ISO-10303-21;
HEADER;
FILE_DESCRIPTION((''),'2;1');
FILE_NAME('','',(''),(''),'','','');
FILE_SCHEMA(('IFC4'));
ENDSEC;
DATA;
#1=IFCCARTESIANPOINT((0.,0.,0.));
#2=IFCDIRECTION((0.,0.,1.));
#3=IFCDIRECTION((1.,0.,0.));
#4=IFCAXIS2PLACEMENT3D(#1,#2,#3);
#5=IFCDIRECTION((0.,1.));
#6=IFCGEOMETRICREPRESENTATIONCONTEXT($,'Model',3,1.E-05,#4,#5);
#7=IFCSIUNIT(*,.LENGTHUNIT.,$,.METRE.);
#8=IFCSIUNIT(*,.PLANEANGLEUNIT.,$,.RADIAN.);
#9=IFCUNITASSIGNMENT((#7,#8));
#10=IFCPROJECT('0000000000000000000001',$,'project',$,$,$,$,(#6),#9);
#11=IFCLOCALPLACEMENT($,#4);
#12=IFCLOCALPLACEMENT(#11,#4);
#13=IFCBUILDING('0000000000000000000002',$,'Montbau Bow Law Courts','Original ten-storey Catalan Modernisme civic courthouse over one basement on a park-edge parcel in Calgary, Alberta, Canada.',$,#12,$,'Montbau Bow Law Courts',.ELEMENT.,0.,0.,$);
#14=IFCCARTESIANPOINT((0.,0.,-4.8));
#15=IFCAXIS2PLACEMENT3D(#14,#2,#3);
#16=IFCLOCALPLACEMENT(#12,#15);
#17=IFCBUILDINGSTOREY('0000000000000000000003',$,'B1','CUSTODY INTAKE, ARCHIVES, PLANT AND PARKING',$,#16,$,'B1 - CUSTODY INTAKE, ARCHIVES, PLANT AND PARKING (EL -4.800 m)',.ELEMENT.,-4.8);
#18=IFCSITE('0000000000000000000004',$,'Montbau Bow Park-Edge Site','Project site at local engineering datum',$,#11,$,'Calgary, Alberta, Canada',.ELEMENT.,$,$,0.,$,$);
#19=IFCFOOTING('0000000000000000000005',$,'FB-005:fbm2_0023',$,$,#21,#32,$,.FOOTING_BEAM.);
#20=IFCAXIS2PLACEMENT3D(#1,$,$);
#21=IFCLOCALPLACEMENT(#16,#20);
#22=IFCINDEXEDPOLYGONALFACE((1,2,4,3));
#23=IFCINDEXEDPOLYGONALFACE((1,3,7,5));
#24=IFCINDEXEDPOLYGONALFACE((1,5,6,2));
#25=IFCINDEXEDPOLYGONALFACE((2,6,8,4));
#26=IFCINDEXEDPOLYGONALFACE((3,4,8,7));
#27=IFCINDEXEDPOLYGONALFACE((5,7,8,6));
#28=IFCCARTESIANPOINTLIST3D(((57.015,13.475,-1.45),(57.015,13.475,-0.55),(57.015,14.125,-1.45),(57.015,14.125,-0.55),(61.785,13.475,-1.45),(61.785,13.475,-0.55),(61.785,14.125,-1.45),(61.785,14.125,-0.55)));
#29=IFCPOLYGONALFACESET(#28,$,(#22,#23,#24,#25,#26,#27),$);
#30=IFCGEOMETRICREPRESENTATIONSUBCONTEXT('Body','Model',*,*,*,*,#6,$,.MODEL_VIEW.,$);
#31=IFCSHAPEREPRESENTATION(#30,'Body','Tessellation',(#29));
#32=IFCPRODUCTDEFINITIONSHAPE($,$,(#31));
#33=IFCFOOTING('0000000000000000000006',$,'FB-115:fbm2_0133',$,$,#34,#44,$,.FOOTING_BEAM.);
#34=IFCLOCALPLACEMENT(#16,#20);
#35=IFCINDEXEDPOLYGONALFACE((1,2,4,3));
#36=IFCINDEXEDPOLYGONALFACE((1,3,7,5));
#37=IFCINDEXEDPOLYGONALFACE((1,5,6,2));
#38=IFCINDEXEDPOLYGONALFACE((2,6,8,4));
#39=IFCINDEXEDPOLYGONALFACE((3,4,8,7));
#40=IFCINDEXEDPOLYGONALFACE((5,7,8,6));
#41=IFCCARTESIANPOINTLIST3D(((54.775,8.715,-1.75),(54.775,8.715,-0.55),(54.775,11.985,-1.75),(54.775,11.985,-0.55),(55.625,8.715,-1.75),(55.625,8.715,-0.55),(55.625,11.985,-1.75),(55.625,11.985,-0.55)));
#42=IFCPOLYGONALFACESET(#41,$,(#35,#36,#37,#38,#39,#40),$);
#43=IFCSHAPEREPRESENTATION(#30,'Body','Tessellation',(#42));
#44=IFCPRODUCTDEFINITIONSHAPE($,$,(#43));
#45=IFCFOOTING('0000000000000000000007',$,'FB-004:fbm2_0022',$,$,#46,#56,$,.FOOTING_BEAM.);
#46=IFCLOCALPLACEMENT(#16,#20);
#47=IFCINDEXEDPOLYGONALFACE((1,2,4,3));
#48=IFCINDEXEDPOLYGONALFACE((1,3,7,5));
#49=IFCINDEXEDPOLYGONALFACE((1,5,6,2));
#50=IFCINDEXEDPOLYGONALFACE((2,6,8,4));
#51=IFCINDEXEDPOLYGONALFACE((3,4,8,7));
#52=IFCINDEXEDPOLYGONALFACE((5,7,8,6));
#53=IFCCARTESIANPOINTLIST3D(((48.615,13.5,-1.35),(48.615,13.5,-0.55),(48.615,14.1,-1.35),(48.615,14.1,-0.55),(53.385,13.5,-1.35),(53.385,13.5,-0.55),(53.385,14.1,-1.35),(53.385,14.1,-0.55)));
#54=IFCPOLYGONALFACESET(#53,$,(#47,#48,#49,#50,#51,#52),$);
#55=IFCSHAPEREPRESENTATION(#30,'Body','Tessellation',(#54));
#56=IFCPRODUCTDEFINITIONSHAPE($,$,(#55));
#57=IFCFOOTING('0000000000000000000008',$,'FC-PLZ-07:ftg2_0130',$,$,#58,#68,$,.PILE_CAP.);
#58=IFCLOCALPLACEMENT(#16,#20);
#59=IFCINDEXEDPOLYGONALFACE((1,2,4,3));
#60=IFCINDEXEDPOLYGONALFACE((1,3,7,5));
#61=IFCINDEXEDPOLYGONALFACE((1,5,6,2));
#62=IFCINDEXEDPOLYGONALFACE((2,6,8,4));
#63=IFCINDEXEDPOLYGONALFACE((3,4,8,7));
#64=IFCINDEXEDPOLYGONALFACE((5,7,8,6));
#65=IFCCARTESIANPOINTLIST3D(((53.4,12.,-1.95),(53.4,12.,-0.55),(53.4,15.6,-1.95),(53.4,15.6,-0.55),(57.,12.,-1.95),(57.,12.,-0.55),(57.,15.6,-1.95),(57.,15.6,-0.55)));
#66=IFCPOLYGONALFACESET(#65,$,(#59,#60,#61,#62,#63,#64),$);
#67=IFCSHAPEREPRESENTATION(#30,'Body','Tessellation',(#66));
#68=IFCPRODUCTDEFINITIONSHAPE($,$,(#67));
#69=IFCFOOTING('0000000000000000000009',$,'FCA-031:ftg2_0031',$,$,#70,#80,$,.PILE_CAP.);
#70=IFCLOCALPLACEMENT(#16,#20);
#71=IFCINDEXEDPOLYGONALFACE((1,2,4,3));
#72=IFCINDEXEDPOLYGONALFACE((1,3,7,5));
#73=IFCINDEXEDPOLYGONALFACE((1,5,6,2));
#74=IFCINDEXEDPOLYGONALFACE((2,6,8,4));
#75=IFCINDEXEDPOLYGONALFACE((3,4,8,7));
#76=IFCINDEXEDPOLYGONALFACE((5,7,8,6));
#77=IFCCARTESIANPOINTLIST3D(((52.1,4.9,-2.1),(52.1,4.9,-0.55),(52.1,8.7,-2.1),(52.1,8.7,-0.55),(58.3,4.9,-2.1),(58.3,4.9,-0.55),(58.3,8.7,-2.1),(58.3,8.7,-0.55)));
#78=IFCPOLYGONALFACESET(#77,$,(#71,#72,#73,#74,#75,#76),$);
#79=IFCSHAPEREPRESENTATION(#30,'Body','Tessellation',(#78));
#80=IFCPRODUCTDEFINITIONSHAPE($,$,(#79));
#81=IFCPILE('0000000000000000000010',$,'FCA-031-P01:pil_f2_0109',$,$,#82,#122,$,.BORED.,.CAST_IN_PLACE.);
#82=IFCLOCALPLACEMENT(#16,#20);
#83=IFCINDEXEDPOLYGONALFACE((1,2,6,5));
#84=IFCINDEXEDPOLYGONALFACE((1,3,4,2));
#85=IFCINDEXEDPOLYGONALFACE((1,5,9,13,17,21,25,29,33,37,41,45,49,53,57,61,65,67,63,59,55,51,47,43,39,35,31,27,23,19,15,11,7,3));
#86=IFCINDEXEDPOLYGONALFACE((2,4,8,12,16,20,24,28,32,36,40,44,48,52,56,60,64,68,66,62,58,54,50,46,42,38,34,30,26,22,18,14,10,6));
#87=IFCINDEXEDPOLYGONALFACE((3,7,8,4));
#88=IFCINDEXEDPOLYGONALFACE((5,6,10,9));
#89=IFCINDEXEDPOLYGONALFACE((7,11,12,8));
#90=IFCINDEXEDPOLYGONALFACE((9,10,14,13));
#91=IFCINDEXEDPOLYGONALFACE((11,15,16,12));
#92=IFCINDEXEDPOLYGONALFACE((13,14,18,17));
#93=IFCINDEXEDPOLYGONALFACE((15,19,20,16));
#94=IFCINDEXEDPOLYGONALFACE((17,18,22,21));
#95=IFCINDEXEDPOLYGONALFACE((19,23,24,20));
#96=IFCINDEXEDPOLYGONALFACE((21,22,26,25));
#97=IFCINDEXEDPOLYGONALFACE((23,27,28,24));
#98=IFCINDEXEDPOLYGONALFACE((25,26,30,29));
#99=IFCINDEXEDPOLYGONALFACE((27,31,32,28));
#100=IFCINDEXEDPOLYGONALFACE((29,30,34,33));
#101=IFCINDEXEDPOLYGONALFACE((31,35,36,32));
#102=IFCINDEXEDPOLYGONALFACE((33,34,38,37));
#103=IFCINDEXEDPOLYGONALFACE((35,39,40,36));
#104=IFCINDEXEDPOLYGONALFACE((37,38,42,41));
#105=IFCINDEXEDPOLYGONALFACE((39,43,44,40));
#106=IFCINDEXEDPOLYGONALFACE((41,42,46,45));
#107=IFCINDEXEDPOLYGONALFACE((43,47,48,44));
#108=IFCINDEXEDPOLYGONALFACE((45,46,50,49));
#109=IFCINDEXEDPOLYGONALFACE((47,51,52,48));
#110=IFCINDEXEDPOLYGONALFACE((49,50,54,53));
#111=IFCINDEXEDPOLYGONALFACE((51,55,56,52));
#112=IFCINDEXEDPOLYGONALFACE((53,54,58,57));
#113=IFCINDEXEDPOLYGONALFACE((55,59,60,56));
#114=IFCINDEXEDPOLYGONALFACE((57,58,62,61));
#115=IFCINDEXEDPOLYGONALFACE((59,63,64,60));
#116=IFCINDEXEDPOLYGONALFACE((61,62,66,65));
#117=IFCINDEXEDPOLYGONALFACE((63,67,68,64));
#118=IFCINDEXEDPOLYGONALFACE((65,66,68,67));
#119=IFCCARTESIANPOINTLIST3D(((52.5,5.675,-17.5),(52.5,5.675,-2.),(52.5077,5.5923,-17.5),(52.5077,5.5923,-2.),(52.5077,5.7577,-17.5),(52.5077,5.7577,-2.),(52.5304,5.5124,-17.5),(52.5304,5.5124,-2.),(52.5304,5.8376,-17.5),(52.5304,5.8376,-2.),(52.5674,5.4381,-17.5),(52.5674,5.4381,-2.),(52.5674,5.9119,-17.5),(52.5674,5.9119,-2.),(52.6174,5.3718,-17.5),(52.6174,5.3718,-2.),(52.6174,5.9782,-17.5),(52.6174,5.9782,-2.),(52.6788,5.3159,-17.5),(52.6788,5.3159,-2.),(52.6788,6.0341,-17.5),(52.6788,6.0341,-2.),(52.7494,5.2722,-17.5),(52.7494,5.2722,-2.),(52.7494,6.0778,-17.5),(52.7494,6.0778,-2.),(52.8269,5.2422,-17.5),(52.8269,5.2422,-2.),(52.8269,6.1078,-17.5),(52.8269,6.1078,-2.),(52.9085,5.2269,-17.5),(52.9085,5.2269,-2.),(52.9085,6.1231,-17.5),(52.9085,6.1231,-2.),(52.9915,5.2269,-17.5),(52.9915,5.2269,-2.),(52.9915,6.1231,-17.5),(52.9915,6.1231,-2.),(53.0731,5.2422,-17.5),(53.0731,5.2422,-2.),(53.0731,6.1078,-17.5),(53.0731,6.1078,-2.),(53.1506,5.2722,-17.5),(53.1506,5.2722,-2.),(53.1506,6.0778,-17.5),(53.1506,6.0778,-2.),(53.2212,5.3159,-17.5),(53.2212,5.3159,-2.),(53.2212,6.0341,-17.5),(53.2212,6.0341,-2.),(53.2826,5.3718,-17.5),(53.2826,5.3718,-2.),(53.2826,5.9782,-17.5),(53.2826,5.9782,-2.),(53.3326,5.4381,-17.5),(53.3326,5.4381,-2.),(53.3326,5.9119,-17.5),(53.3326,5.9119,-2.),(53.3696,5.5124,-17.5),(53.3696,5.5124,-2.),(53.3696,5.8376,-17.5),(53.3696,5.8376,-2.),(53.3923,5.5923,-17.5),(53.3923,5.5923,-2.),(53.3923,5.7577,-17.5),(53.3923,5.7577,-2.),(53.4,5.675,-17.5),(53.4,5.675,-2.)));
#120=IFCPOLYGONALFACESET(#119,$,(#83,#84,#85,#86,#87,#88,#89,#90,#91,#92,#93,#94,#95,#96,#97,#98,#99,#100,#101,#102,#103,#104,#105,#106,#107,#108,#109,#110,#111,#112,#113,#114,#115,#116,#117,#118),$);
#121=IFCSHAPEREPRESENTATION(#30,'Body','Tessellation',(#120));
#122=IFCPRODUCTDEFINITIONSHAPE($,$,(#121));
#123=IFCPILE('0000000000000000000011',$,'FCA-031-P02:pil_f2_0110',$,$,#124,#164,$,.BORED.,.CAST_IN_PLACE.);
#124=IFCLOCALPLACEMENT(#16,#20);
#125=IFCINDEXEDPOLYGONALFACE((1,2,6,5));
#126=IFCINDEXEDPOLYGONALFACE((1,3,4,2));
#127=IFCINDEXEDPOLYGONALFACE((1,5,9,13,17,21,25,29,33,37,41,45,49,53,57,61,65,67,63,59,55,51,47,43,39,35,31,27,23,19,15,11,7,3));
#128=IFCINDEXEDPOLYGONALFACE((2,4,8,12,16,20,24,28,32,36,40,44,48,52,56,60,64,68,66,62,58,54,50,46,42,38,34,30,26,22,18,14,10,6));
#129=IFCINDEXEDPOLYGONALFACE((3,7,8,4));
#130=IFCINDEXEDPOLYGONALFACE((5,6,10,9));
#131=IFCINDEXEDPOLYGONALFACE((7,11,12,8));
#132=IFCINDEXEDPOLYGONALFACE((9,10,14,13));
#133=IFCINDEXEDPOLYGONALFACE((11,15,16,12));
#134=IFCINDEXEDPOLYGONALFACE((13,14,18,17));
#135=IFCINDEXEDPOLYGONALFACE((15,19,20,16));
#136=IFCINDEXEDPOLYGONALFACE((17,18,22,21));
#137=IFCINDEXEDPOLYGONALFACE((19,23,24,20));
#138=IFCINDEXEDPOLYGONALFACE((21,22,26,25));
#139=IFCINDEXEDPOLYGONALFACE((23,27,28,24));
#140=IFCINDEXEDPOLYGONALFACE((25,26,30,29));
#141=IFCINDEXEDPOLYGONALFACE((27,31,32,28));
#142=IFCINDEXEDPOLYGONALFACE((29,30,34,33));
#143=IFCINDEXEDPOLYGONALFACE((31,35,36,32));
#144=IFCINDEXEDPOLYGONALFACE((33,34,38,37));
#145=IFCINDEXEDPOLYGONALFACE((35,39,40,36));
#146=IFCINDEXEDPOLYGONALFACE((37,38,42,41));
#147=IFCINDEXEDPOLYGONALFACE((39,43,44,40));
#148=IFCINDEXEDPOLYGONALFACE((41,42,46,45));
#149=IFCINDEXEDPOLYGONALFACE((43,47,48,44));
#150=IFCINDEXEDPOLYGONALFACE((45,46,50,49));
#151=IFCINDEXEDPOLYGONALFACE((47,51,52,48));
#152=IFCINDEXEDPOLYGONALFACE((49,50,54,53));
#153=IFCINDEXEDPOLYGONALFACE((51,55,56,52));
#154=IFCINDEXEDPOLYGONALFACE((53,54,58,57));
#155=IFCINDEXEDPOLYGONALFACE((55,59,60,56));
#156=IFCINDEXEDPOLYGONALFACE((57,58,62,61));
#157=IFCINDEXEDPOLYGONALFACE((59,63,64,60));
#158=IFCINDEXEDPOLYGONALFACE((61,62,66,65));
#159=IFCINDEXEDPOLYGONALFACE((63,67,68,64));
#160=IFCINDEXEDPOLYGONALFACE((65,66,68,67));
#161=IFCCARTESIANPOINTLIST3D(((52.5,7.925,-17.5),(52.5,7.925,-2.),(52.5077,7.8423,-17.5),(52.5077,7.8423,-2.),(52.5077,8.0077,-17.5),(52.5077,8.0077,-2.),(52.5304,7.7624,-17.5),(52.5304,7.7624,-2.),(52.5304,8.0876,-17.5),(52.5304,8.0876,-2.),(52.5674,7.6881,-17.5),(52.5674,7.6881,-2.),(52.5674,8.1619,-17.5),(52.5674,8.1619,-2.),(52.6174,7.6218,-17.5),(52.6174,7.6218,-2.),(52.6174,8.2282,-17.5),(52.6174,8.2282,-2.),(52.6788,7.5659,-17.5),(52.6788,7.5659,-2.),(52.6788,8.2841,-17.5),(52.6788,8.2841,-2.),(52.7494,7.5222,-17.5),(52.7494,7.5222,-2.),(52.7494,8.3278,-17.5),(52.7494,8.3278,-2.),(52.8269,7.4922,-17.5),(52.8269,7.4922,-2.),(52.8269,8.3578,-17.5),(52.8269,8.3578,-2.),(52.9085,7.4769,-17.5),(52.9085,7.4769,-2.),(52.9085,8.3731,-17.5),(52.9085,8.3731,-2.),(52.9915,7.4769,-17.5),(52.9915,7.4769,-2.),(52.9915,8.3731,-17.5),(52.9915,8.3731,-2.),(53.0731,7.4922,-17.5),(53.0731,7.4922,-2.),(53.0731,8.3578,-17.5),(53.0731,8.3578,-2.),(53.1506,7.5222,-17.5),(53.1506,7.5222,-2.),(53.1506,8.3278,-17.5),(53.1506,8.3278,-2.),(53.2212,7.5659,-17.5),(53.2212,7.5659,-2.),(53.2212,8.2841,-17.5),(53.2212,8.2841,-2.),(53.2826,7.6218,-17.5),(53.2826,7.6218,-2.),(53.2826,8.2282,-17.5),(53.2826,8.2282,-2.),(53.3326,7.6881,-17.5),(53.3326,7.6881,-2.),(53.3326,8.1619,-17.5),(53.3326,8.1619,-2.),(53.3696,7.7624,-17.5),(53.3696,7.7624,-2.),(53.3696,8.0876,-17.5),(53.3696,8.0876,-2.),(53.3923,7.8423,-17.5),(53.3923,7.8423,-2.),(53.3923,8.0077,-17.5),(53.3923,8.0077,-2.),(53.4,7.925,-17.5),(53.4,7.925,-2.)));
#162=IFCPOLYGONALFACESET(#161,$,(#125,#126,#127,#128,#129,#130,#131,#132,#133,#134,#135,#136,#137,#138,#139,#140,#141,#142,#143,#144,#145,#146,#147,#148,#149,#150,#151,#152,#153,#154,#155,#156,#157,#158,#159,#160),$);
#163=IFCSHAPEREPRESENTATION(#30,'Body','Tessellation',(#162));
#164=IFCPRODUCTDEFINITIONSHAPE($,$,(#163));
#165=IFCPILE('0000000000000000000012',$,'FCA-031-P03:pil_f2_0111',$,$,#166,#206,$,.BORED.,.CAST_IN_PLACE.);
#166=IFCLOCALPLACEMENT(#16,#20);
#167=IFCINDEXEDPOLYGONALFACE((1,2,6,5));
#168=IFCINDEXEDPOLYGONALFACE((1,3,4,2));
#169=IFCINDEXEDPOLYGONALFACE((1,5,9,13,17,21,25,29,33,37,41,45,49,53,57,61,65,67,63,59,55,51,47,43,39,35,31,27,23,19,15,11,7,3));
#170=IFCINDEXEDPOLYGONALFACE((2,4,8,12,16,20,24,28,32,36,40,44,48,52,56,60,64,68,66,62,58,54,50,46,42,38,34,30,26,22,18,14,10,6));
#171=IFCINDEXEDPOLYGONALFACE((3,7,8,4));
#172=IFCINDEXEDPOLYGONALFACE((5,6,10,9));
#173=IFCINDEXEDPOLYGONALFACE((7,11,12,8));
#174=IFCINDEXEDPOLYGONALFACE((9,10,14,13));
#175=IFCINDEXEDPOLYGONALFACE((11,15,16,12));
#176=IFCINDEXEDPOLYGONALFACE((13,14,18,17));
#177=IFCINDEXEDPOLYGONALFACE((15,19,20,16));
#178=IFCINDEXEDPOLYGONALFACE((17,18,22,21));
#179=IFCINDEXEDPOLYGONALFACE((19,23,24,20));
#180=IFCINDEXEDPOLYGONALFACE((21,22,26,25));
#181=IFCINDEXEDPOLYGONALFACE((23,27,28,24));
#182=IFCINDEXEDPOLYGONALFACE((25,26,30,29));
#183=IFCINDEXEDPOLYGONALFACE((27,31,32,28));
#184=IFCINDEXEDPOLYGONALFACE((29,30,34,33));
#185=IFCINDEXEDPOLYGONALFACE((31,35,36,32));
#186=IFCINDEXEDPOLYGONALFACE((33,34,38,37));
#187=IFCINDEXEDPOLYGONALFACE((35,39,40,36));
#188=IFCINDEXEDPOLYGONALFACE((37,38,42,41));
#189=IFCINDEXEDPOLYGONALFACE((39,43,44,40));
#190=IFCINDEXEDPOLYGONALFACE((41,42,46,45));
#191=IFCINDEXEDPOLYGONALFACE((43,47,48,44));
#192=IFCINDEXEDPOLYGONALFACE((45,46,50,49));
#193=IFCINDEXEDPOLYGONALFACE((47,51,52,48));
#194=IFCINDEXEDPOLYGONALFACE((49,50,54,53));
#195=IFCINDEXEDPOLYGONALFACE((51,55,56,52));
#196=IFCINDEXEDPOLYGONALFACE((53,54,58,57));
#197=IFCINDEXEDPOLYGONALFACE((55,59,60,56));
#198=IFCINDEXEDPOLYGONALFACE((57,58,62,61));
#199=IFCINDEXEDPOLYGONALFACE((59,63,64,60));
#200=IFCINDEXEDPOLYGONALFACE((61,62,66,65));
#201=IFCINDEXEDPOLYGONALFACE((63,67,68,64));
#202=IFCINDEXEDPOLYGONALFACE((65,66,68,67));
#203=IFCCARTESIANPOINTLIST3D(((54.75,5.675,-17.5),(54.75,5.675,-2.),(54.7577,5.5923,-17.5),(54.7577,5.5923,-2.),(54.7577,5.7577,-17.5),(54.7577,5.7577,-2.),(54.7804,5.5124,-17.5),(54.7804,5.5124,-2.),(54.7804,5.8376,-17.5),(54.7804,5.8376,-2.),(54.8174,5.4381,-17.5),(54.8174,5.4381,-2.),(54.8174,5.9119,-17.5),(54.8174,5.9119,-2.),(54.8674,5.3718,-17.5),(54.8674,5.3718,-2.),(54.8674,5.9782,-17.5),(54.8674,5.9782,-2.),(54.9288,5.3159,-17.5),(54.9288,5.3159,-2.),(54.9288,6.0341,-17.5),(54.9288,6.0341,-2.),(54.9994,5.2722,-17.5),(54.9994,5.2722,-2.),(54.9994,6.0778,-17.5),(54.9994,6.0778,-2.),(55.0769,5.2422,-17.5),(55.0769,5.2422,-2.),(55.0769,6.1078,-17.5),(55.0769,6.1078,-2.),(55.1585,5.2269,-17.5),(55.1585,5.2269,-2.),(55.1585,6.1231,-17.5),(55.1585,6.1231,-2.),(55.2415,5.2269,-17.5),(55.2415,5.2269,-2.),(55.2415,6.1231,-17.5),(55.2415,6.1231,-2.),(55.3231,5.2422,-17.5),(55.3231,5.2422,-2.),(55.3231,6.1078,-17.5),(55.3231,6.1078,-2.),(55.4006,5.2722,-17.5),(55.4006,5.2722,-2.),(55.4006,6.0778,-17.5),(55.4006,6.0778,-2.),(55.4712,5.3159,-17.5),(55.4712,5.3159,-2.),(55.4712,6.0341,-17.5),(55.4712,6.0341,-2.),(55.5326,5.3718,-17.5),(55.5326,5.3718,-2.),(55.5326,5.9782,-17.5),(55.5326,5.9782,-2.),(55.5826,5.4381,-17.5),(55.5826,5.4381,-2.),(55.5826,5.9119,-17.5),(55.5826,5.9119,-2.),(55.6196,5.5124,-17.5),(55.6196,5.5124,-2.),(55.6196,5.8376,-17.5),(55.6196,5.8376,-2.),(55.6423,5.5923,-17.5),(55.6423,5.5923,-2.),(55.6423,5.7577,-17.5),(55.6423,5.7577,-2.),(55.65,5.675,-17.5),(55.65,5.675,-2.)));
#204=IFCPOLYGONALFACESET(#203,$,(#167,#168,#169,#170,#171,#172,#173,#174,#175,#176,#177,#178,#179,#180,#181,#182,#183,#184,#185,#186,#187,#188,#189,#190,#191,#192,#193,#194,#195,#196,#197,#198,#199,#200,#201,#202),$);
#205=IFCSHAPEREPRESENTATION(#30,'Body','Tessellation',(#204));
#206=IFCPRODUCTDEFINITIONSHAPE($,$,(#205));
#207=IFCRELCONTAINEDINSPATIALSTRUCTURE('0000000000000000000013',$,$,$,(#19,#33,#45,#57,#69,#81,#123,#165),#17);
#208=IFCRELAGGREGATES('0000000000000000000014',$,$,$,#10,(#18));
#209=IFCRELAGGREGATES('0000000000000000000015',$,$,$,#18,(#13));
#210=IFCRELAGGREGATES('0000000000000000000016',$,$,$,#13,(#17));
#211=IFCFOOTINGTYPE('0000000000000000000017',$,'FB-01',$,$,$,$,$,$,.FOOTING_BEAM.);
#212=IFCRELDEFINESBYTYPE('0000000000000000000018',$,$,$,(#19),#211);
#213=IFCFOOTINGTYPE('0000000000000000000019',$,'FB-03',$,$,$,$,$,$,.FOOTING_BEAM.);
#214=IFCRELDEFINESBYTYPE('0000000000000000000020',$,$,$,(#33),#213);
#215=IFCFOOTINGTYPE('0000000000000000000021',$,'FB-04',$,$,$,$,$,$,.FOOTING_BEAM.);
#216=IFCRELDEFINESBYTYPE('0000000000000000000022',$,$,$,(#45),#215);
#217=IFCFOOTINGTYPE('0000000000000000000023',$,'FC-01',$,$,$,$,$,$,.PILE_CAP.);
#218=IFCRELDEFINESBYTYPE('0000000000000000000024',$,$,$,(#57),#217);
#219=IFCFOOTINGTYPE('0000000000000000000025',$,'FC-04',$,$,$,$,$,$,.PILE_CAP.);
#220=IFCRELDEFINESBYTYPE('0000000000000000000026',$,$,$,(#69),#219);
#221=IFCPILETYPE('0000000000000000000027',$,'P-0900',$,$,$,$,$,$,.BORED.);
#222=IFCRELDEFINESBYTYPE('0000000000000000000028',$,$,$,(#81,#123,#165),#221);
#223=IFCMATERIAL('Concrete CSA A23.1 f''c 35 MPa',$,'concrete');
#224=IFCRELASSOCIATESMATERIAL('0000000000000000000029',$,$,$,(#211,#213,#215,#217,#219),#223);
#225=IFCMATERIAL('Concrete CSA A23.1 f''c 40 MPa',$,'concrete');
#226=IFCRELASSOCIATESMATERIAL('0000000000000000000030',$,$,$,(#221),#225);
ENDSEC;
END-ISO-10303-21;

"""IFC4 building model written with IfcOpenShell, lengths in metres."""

from ifc_helpers import new_model, si_unit, direction, frame, origin_with_axes, origin_2d_with_axis, place, context, subcontext, project, spatial, rectangle, circle, extrude, material, material_profile, profile_set, type_object, element, save


model = new_model("IFC4")

# Units and contexts
model_context = context("Model", 3, precision=1e-05, world=origin_with_axes(), true_north=direction((0.0, 1.0)))
body_context = subcontext(model_context, "Body", "Model", "MODEL_VIEW")
ifc_project = project(units=[si_unit("LENGTHUNIT", "METRE"), si_unit("PLANEANGLEUNIT", "RADIAN")], contexts=[model_context])

# Site, building, storey
site_placement = place(None, origin_with_axes())
site = spatial("IfcSite", under=ifc_project, at=site_placement, Name="Montbau Bow Park-Edge Site", Description="Project site at local engineering datum", LongName="Calgary, Alberta, Canada", CompositionType="ELEMENT", RefElevation=0.0)
building_placement = place(site_placement, origin_with_axes())
building = spatial("IfcBuilding", under=site, at=building_placement, Name="Montbau Bow Law Courts", Description="Original ten-storey Catalan Modernisme civic courthouse over one basement on a park-edge parcel in Calgary, Alberta, Canada.", LongName="Montbau Bow Law Courts", CompositionType="ELEMENT", ElevationOfRefHeight=0.0, ElevationOfTerrain=0.0)
storey_placement = place(building_placement, frame((0.0, 0.0, -4.8), z_axis=(0.0, 0.0, 1.0), x_axis=(1.0, 0.0, 0.0)))
storey = spatial("IfcBuildingStorey", under=building, at=storey_placement, Name="B1", Description="CUSTODY INTAKE, ARCHIVES, PLANT AND PARKING", LongName="B1 - CUSTODY INTAKE, ARCHIVES, PLANT AND PARKING (EL -4.800 m)", CompositionType="ELEMENT", Elevation=-4.8)

# Footings
ifc_material_1 = material(Name="Concrete CSA A23.1 f'c 35 MPa", Category="concrete")
footing_type_1 = type_object("IfcFootingType", Name="FB-01", PredefinedType="FOOTING_BEAM", material=ifc_material_1)
footing_1_placement = place(None, frame((59.4, 13.8, -6.25), z_axis=(0.0, 0.0, 1.0), x_axis=(1.0, 0.0, 0.0)))
element("IfcFooting", 1, at=footing_1_placement, inside=storey, type_object=footing_type_1, Name="FB-005:fbm2_0023", PredefinedType="FOOTING_BEAM", context=body_context, shape_type="SweptSolid", body=[
    extrude(rectangle(XDim=4.77, YDim=0.65, at=origin_2d_with_axis()), origin_with_axes(), (0.0, 0.0, 1.0), 0.9),
])
footing_type_2 = type_object("IfcFootingType", Name="FB-03", PredefinedType="FOOTING_BEAM", material=ifc_material_1)
footing_2_placement = place(None, frame((55.2, 10.35, -6.55), z_axis=(0.0, 0.0, 1.0), x_axis=(0.0, 1.0, 0.0)))
element("IfcFooting", 2, at=footing_2_placement, inside=storey, type_object=footing_type_2, Name="FB-115:fbm2_0133", PredefinedType="FOOTING_BEAM", context=body_context, shape_type="SweptSolid", body=[
    extrude(rectangle(XDim=3.27, YDim=0.85, at=origin_2d_with_axis()), origin_with_axes(), (0.0, 0.0, 1.0), 1.2),
])
footing_type_3 = type_object("IfcFootingType", Name="FB-04", PredefinedType="FOOTING_BEAM", material=ifc_material_1)
footing_3_placement = place(None, frame((51.0, 13.8, -6.15), z_axis=(0.0, 0.0, 1.0), x_axis=(1.0, 0.0, 0.0)))
element("IfcFooting", 3, at=footing_3_placement, inside=storey, type_object=footing_type_3, Name="FB-004:fbm2_0022", PredefinedType="FOOTING_BEAM", context=body_context, shape_type="SweptSolid", body=[
    extrude(rectangle(XDim=4.77, YDim=0.6, at=origin_2d_with_axis()), origin_with_axes(), (0.0, 0.0, 1.0), 0.8),
])
footing_type_4 = type_object("IfcFootingType", Name="FC-01", PredefinedType="PILE_CAP", material=ifc_material_1)
footing_4_placement = place(None, frame((55.2, 13.8, -6.75), z_axis=(0.0, 0.0, 1.0), x_axis=(1.0, 0.0, 0.0)))
element("IfcFooting", 4, at=footing_4_placement, inside=storey, type_object=footing_type_4, Name="FC-PLZ-07:ftg2_0130", PredefinedType="PILE_CAP", context=body_context, shape_type="SweptSolid", body=[
    extrude(rectangle(XDim=3.6, YDim=3.6, at=origin_2d_with_axis()), origin_with_axes(), (0.0, 0.0, 1.0), 1.4),
])
footing_type_5 = type_object("IfcFootingType", Name="FC-04", PredefinedType="PILE_CAP", material=ifc_material_1)
footing_5_placement = place(None, frame((55.2, 6.8, -6.9), z_axis=(0.0, 0.0, 1.0), x_axis=(1.0, 0.0, 0.0)))
element("IfcFooting", 5, at=footing_5_placement, inside=storey, type_object=footing_type_5, Name="FCA-031:ftg2_0031", PredefinedType="PILE_CAP", context=body_context, shape_type="SweptSolid", body=[
    extrude(rectangle(XDim=6.2, YDim=3.8, at=origin_2d_with_axis()), origin_with_axes(), (0.0, 0.0, 1.0), 1.55),
])

# Piles
ifc_material_2 = material(Name="Concrete CSA A23.1 f'c 40 MPa", Category="concrete")
ifc_material_profile_1 = material_profile(ifc_material_2, circle(Radius=0.45, at=origin_2d_with_axis()), Name="BP900", Category="Main", Priority=0)
ifc_profile_set_1 = profile_set([ifc_material_profile_1], Name="Concrete CSA A23.1 f'c 40 MPa")
pile_type_1 = type_object("IfcPileType", Name="P-0900", PredefinedType="BORED", material=ifc_profile_set_1)
for number, where, z_axis, x_axis, name in (
    (6, (52.95, 5.675, -22.3), (0.0, 0.0, 1.0), (1.0, 0.0, 0.0), "FCA-031-P01:pil_f2_0109"),
    (7, (52.95, 7.925, -22.3), (0.0, 0.0, 1.0), (1.0, 0.0, 0.0), "FCA-031-P02:pil_f2_0110"),
    (8, (55.2, 5.675, -22.3), (0.0, 0.0, 1.0), (1.0, 0.0, 0.0), "FCA-031-P03:pil_f2_0111"),
):
    element("IfcPile", number, at=place(None, frame(where, z_axis=z_axis, x_axis=x_axis)), inside=storey, type_object=pile_type_1, Name=name, ConstructionType="CAST_IN_PLACE", PredefinedType="BORED", context=body_context, shape_type="SweptSolid", body=[
        extrude(circle(Radius=0.45, at=origin_2d_with_axis()), origin_with_axes(), (0.0, 0.0, 1.0), 15.5),
    ])

save(model, "model.ifc")
